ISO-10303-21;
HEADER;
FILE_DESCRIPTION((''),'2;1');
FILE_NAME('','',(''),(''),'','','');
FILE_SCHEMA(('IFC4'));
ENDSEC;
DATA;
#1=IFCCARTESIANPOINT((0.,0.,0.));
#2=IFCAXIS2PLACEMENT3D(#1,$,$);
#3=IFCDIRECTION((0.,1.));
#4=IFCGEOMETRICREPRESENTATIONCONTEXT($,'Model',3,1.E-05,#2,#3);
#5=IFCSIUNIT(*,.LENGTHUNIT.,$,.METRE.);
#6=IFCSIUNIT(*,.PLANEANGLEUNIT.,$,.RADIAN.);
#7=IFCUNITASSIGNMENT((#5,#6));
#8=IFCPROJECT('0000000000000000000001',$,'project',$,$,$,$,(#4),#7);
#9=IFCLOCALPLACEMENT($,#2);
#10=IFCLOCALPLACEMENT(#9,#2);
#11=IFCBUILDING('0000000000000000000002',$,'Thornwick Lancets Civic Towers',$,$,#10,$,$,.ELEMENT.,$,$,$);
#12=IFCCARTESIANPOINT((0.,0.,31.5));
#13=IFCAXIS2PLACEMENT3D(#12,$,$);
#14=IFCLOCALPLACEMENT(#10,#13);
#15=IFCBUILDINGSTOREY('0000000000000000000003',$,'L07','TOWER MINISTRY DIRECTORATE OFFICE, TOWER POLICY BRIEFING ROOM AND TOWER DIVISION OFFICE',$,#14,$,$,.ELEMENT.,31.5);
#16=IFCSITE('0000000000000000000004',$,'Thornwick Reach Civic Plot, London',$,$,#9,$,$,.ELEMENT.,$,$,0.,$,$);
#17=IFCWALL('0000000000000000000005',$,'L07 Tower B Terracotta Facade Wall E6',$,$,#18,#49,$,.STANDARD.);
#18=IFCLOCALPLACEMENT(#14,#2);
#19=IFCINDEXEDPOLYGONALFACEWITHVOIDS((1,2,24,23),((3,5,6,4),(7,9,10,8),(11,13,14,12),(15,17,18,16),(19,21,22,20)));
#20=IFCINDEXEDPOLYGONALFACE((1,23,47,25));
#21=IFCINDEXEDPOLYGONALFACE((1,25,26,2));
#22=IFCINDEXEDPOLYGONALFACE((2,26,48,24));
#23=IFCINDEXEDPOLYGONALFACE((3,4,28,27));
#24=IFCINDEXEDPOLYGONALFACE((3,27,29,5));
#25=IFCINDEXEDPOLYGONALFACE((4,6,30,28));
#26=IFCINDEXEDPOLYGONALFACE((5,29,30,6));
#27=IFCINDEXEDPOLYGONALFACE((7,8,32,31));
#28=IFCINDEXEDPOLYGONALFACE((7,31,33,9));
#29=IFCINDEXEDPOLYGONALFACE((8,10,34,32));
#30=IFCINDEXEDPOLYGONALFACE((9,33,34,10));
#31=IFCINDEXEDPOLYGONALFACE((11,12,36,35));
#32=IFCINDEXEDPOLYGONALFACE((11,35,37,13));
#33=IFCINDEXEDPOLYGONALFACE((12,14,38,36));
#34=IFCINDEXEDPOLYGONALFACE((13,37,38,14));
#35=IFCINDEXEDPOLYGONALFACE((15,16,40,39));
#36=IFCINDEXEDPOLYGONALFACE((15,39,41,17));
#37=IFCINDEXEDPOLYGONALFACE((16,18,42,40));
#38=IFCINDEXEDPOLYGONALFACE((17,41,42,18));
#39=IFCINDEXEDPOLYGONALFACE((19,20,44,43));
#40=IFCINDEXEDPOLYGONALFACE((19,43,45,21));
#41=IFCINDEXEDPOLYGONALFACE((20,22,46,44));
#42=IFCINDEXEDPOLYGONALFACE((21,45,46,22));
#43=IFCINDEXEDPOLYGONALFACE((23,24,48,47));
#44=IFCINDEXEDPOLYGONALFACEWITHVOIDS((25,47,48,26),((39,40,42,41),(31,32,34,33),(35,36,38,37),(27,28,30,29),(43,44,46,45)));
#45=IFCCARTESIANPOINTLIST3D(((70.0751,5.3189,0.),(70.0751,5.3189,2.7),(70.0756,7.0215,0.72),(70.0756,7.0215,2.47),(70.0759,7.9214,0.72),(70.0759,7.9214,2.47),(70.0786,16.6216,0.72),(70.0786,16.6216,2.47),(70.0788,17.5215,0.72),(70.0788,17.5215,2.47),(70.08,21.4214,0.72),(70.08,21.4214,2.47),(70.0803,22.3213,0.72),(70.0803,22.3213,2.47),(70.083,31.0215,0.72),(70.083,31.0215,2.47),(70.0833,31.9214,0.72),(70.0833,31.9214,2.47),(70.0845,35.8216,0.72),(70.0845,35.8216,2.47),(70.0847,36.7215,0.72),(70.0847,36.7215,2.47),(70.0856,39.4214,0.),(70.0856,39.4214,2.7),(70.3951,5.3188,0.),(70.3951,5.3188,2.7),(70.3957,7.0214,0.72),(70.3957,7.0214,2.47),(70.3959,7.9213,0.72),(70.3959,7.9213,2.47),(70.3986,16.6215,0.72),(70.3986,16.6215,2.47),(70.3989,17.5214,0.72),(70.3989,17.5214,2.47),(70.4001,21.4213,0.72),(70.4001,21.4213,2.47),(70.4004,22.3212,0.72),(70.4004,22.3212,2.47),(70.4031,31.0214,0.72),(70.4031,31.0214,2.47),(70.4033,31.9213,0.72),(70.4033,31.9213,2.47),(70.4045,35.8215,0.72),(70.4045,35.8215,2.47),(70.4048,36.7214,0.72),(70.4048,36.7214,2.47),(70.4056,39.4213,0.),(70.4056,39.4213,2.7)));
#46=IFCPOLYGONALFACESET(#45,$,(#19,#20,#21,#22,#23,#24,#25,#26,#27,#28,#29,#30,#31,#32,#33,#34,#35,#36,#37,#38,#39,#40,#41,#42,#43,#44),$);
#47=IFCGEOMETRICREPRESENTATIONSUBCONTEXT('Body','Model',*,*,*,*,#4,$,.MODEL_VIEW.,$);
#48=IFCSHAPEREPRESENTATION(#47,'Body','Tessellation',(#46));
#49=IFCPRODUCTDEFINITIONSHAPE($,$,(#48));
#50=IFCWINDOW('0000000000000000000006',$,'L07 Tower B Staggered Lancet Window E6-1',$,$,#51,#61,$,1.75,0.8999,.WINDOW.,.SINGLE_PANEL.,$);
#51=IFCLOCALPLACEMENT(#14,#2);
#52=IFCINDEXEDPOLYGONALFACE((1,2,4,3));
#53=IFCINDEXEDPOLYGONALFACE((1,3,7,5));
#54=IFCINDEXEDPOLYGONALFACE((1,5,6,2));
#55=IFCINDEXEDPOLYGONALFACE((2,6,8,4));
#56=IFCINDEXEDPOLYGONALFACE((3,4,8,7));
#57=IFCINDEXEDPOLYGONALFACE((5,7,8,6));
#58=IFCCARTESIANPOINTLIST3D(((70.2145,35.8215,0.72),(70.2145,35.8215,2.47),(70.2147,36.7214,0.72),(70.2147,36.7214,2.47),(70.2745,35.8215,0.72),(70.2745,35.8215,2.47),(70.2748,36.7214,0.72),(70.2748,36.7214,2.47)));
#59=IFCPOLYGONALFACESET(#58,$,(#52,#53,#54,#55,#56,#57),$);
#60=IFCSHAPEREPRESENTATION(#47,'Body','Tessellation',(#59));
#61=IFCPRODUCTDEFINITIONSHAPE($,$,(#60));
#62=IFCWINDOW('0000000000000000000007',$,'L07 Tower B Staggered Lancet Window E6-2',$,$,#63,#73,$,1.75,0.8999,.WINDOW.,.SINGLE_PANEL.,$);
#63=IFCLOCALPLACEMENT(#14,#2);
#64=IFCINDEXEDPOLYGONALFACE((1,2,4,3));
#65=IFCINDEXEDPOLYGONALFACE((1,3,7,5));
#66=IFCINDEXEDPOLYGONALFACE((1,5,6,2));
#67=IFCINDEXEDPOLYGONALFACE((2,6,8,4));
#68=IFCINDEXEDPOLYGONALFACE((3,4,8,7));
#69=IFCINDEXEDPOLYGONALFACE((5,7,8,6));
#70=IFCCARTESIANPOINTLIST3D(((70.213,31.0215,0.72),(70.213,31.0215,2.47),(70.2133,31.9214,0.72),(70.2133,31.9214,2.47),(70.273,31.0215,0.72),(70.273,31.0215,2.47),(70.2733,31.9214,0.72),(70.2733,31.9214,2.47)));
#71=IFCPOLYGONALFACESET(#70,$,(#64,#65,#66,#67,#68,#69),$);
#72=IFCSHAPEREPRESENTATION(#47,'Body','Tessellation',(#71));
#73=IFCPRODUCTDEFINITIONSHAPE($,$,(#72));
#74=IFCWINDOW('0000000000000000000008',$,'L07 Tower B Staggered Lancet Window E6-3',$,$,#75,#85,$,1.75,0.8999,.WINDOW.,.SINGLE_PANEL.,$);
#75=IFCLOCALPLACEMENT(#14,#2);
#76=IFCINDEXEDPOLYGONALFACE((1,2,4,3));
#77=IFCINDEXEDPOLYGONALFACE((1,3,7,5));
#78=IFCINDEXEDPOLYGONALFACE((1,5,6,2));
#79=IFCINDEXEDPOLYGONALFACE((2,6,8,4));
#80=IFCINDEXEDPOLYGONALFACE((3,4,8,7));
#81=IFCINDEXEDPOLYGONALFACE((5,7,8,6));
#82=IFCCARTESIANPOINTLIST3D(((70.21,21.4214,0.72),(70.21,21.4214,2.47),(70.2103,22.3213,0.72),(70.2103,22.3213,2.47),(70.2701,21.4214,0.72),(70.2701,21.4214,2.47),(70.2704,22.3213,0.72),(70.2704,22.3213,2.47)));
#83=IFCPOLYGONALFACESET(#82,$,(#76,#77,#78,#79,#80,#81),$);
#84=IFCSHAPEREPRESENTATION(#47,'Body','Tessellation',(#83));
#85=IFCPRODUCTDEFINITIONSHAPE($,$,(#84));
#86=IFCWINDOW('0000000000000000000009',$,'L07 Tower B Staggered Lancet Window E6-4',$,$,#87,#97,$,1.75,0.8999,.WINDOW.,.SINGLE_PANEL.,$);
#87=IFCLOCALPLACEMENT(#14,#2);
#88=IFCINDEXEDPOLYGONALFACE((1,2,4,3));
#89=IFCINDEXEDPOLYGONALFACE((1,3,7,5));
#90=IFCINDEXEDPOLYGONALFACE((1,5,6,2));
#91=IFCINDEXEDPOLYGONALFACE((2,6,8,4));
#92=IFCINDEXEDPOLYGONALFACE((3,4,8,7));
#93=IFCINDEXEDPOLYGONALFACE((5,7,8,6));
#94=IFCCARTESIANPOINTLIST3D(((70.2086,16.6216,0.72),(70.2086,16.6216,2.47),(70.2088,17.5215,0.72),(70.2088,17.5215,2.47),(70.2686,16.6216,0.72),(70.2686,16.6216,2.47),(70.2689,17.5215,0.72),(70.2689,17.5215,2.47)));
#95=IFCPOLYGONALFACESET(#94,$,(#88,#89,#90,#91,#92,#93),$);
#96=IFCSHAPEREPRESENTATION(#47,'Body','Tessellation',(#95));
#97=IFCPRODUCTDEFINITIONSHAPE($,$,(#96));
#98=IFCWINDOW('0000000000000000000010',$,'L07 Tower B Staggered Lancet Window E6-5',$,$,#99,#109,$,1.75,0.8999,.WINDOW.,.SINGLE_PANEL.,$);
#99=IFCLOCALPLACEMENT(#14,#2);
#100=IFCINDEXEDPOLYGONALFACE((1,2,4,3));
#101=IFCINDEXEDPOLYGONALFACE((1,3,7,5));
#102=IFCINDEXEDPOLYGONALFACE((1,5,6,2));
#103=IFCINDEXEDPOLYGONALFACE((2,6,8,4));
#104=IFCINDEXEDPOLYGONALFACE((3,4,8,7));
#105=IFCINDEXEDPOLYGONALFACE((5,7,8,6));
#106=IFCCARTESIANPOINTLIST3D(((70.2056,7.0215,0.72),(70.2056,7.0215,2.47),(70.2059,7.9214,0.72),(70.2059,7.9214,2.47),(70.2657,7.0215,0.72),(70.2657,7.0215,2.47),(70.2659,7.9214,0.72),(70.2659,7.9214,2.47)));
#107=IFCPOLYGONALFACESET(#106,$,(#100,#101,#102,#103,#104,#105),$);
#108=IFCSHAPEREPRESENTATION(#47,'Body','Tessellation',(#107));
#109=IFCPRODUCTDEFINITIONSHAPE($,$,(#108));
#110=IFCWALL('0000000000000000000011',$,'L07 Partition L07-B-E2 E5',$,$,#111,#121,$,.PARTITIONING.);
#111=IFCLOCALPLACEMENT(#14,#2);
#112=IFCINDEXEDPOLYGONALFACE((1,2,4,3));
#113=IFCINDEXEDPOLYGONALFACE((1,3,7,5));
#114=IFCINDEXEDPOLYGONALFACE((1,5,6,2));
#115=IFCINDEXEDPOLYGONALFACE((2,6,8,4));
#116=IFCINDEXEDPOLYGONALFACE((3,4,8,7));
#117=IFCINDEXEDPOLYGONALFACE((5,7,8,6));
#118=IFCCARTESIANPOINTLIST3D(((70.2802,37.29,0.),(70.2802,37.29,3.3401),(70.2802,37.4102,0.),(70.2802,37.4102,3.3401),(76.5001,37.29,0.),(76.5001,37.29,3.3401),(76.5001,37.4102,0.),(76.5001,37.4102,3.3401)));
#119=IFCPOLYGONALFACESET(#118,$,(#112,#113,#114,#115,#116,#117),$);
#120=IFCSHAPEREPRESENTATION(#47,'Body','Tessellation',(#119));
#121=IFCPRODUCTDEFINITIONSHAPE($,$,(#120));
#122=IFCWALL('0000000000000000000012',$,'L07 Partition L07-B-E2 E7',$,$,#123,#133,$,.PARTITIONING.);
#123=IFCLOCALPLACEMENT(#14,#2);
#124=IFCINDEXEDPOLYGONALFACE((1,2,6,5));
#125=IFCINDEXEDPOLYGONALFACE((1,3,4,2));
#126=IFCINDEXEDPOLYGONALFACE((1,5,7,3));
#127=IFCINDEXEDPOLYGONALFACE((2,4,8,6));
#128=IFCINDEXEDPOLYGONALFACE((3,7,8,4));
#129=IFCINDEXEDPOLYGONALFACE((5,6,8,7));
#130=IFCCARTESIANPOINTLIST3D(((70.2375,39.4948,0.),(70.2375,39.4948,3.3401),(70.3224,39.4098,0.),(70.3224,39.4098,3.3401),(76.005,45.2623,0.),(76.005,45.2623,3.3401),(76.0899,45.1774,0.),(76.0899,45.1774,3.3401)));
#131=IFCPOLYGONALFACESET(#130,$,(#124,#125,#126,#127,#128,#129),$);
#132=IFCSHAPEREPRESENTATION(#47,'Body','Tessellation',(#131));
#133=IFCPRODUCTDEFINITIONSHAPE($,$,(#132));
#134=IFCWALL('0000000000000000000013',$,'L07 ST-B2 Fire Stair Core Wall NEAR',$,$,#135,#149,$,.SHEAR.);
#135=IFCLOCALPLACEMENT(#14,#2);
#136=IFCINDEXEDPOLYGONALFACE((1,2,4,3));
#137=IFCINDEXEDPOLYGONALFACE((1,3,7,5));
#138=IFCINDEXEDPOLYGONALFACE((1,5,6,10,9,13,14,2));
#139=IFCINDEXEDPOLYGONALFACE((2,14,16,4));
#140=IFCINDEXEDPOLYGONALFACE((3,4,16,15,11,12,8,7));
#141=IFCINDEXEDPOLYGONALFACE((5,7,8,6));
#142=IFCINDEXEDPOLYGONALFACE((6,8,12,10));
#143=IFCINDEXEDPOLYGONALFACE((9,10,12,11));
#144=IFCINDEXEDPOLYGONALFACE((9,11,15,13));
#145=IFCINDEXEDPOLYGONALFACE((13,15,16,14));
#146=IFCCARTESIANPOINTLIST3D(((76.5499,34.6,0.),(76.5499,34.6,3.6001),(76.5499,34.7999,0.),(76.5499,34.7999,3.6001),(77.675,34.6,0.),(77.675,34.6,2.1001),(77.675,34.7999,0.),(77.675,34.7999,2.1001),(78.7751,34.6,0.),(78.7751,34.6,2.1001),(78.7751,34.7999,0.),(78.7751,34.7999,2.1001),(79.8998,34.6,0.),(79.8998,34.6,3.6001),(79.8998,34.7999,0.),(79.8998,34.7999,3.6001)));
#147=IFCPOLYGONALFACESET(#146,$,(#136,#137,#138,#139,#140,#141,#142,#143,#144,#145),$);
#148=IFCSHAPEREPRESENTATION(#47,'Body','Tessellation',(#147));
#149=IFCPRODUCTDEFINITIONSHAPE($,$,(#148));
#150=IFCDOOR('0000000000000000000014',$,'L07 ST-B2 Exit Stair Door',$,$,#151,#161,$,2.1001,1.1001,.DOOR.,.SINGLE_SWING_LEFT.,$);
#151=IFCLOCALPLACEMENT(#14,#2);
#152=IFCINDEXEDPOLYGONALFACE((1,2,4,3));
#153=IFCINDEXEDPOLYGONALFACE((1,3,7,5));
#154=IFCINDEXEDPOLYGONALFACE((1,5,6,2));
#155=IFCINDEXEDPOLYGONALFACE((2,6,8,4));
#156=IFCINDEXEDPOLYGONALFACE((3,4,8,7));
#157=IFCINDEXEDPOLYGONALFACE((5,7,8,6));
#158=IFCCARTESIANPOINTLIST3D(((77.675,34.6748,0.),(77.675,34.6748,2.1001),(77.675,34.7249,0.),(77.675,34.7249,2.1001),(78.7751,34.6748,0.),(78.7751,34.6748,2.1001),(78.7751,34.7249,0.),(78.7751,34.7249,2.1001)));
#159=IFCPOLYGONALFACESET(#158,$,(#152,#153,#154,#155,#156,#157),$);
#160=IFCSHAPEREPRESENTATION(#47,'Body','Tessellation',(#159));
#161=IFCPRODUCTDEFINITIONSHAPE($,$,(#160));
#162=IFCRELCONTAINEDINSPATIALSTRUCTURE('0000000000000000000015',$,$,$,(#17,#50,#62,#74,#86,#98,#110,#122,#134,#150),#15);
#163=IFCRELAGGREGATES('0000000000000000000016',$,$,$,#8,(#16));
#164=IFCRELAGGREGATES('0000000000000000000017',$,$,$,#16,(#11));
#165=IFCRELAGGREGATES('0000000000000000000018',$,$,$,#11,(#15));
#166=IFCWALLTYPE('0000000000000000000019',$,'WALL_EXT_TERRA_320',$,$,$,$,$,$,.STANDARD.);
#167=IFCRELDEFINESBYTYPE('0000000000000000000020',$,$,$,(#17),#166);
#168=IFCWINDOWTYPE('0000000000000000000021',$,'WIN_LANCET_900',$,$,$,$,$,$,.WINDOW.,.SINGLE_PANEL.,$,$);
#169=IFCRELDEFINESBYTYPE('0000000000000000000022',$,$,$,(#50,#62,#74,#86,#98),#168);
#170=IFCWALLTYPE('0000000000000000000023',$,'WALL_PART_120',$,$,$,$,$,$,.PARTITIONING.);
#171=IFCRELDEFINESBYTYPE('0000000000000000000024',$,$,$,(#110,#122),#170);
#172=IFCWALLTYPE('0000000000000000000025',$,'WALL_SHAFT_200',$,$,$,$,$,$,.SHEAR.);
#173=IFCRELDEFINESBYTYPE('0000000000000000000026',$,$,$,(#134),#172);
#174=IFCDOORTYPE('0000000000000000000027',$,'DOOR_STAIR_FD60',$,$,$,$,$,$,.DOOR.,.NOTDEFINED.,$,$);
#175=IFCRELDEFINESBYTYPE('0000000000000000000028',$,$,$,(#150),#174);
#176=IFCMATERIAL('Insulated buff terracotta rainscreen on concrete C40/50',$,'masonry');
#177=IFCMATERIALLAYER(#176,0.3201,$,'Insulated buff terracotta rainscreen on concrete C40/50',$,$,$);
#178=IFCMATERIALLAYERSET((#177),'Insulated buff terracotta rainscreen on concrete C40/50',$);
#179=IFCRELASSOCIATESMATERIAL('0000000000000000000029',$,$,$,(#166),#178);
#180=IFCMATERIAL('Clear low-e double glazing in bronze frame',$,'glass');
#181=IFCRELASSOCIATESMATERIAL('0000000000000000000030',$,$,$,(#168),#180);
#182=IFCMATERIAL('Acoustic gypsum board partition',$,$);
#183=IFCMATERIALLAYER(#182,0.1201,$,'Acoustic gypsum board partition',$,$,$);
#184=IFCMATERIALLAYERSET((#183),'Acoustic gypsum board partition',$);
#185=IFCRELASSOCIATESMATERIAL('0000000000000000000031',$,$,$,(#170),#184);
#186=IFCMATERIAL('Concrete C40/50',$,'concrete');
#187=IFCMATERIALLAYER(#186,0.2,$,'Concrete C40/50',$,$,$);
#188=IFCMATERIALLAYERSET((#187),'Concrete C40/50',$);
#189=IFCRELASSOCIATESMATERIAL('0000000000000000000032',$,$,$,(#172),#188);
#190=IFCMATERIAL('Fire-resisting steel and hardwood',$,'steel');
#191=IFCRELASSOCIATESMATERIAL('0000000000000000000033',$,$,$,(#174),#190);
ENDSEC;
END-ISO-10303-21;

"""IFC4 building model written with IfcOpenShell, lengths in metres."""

from ifc_helpers import new_model, si_unit, direction, frame, frame_2d, origin, place, context, subcontext, project, spatial, rectangle, extrude, material, layer, layer_set, type_object, element, fill, save


model = new_model("IFC4")

# Units and contexts
model_context = context("Model", 3, precision=1e-05, world=origin(), true_north=direction((0.0, 1.0)))
body_context = subcontext(model_context, "Body", "Model", "MODEL_VIEW")
ifc_project = project(units=[si_unit("LENGTHUNIT", "METRE"), si_unit("PLANEANGLEUNIT", "RADIAN")], contexts=[model_context])

# Site, building, storey
site_placement = place(None, origin())
site = spatial("IfcSite", under=ifc_project, at=site_placement, Name="Thornwick Reach Civic Plot, London", CompositionType="ELEMENT", RefElevation=0.0)
building_placement = place(site_placement, origin())
building = spatial("IfcBuilding", under=site, at=building_placement, Name="Thornwick Lancets Civic Towers", CompositionType="ELEMENT")
storey_placement = place(building_placement, frame((0.0, 0.0, 31.5)))
storey = spatial("IfcBuildingStorey", under=building, at=storey_placement, Name="L07", Description="TOWER MINISTRY DIRECTORATE OFFICE, TOWER POLICY BRIEFING ROOM AND TOWER DIVISION OFFICE", CompositionType="ELEMENT", Elevation=31.5)

# Shared definitions
ifc_material_1 = material(Name="Concrete C40/50", Category="concrete")

# Wall, openings, windows
ifc_material_2 = material(Name="Insulated buff terracotta rainscreen on concrete C40/50", Category="masonry")
ifc_layer_1 = layer(ifc_material_2, 0.3201, Name="Insulated buff terracotta rainscreen on concrete C40/50")
ifc_layer_set_1 = layer_set([ifc_layer_1], Name="Insulated buff terracotta rainscreen on concrete C40/50")
wall_type_1 = type_object("IfcWallType", Name="WALL_EXT_TERRA_320", PredefinedType="STANDARD", material=ifc_layer_set_1)
wall_1_placement = place(storey_placement, frame((70.2456, 39.4214, 0.0), z_axis=(0.0, 0.0, 1.0), x_axis=(-0.000308, -1.0, 0.0)))
wall_1 = element("IfcWall", 1, at=wall_1_placement, inside=storey, type_object=wall_type_1, Name="L07 Tower B Terracotta Facade Wall E6", PredefinedType="STANDARD", context=body_context, shape_type="SweptSolid", body=[
    extrude(rectangle(XDim=34.1025, YDim=0.3201, at=frame_2d((17.0513, 0.0))), origin(), (0.0, 0.0, 1.0), 2.7),
])
opening_1_placement = place(wall_1_placement, frame((2.7, 0.0, 0.72)))
opening_1 = element("IfcOpeningElement", 2, at=opening_1_placement, cuts=wall_1, PredefinedType="OPENING", context=body_context, shape_type="SweptSolid", body=[
    extrude(rectangle(XDim=0.8999, YDim=1.75, at=frame_2d((0.45, 0.875))), frame((0.0, 0.1699, 0.0), z_axis=(0.0, -1.0, 0.0), x_axis=(1.0, 0.0, 0.0)), (0.0, 0.0, 1.0), 0.3401),
])
opening_2_placement = place(wall_1_placement, frame((7.5, 0.0, 0.72)))
opening_2 = element("IfcOpeningElement", 3, at=opening_2_placement, cuts=wall_1, PredefinedType="OPENING", context=body_context, shape_type="SweptSolid", body=[
    extrude(rectangle(XDim=0.8999, YDim=1.75, at=frame_2d((0.45, 0.875))), frame((0.0, 0.1699, 0.0), z_axis=(0.0, -1.0, 0.0), x_axis=(1.0, 0.0, 0.0)), (0.0, 0.0, 1.0), 0.3401),
])
opening_3_placement = place(wall_1_placement, frame((17.1001, 0.0, 0.72)))
opening_3 = element("IfcOpeningElement", 4, at=opening_3_placement, cuts=wall_1, PredefinedType="OPENING", context=body_context, shape_type="SweptSolid", body=[
    extrude(rectangle(XDim=0.8999, YDim=1.75, at=frame_2d((0.45, 0.875))), frame((0.0, 0.1699, 0.0), z_axis=(0.0, -1.0, 0.0), x_axis=(1.0, 0.0, 0.0)), (0.0, 0.0, 1.0), 0.3401),
])
opening_4_placement = place(wall_1_placement, frame((21.8999, 0.0, 0.72)))
opening_4 = element("IfcOpeningElement", 5, at=opening_4_placement, cuts=wall_1, PredefinedType="OPENING", context=body_context, shape_type="SweptSolid", body=[
    extrude(rectangle(XDim=0.8999, YDim=1.75, at=frame_2d((0.45, 0.875))), frame((0.0, 0.1699, 0.0), z_axis=(0.0, -1.0, 0.0), x_axis=(1.0, 0.0, 0.0)), (0.0, 0.0, 1.0), 0.3401),
])
opening_5_placement = place(wall_1_placement, frame((31.5, 0.0, 0.72)))
opening_5 = element("IfcOpeningElement", 6, at=opening_5_placement, cuts=wall_1, PredefinedType="OPENING", context=body_context, shape_type="SweptSolid", body=[
    extrude(rectangle(XDim=0.8999, YDim=1.75, at=frame_2d((0.45, 0.875))), frame((0.0, 0.1699, 0.0), z_axis=(0.0, -1.0, 0.0), x_axis=(1.0, 0.0, 0.0)), (0.0, 0.0, 1.0), 0.3401),
])
ifc_material_3 = material(Name="Clear low-e double glazing in bronze frame", Category="glass")
window_type = type_object("IfcWindowType", Name="WIN_LANCET_900", PartitioningType="SINGLE_PANEL", PredefinedType="WINDOW", material=ifc_material_3)
window_1_placement = place(opening_1_placement, origin())
window_1 = element("IfcWindow", 7, at=window_1_placement, inside=storey, type_object=window_type, Name="L07 Tower B Staggered Lancet Window E6-1", OverallHeight=1.75, OverallWidth=0.8999, PartitioningType="SINGLE_PANEL", PredefinedType="WINDOW", context=body_context, shape_type="SweptSolid", body=[
    extrude(rectangle(XDim=0.8999, YDim=1.75, at=frame_2d((0.45, 0.875))), frame((0.0, 0.03, 0.0), z_axis=(0.0, -1.0, 0.0), x_axis=(1.0, 0.0, 0.0)), (0.0, 0.0, 1.0), 0.0601),
])
fill(opening_1, window_1)
window_2_placement = place(opening_2_placement, origin())
window_2 = element("IfcWindow", 8, at=window_2_placement, inside=storey, type_object=window_type, Name="L07 Tower B Staggered Lancet Window E6-2", OverallHeight=1.75, OverallWidth=0.8999, PartitioningType="SINGLE_PANEL", PredefinedType="WINDOW", context=body_context, shape_type="SweptSolid", body=[
    extrude(rectangle(XDim=0.8999, YDim=1.75, at=frame_2d((0.45, 0.875))), frame((0.0, 0.03, 0.0), z_axis=(0.0, -1.0, 0.0), x_axis=(1.0, 0.0, 0.0)), (0.0, 0.0, 1.0), 0.0601),
])
fill(opening_2, window_2)
window_3_placement = place(opening_3_placement, origin())
window_3 = element("IfcWindow", 9, at=window_3_placement, inside=storey, type_object=window_type, Name="L07 Tower B Staggered Lancet Window E6-3", OverallHeight=1.75, OverallWidth=0.8999, PartitioningType="SINGLE_PANEL", PredefinedType="WINDOW", context=body_context, shape_type="SweptSolid", body=[
    extrude(rectangle(XDim=0.8999, YDim=1.75, at=frame_2d((0.45, 0.875))), frame((0.0, 0.03, 0.0), z_axis=(0.0, -1.0, 0.0), x_axis=(1.0, 0.0, 0.0)), (0.0, 0.0, 1.0), 0.0601),
])
fill(opening_3, window_3)
window_4_placement = place(opening_4_placement, origin())
window_4 = element("IfcWindow", 10, at=window_4_placement, inside=storey, type_object=window_type, Name="L07 Tower B Staggered Lancet Window E6-4", OverallHeight=1.75, OverallWidth=0.8999, PartitioningType="SINGLE_PANEL", PredefinedType="WINDOW", context=body_context, shape_type="SweptSolid", body=[
    extrude(rectangle(XDim=0.8999, YDim=1.75, at=frame_2d((0.45, 0.875))), frame((0.0, 0.03, 0.0), z_axis=(0.0, -1.0, 0.0), x_axis=(1.0, 0.0, 0.0)), (0.0, 0.0, 1.0), 0.0601),
])
fill(opening_4, window_4)
window_5_placement = place(opening_5_placement, origin())
window_5 = element("IfcWindow", 11, at=window_5_placement, inside=storey, type_object=window_type, Name="L07 Tower B Staggered Lancet Window E6-5", OverallHeight=1.75, OverallWidth=0.8999, PartitioningType="SINGLE_PANEL", PredefinedType="WINDOW", context=body_context, shape_type="SweptSolid", body=[
    extrude(rectangle(XDim=0.8999, YDim=1.75, at=frame_2d((0.45, 0.875))), frame((0.0, 0.03, 0.0), z_axis=(0.0, -1.0, 0.0), x_axis=(1.0, 0.0, 0.0)), (0.0, 0.0, 1.0), 0.0601),
])
fill(opening_5, window_5)

# Walls
ifc_material_4 = material(Name="Acoustic gypsum board partition")
ifc_layer_2 = layer(ifc_material_4, 0.1201, Name="Acoustic gypsum board partition")
ifc_layer_set_2 = layer_set([ifc_layer_2], Name="Acoustic gypsum board partition")
wall_type_2 = type_object("IfcWallType", Name="WALL_PART_120", PredefinedType="PARTITIONING", material=ifc_layer_set_2)
wall_2_placement = place(storey_placement, frame((76.5, 37.3501, 0.0), z_axis=(0.0, 0.0, 1.0), x_axis=(-1.0, 0.0, 0.0)))
element("IfcWall", 12, at=wall_2_placement, inside=storey, type_object=wall_type_2, Name="L07 Partition L07-B-E2 E5", PredefinedType="PARTITIONING", context=body_context, shape_type="SweptSolid", body=[
    extrude(rectangle(XDim=6.22, YDim=0.1201, at=frame_2d((3.1099, 0.0))), origin(), (0.0, 0.0, 1.0), 3.3401),
])
wall_3_placement = place(storey_placement, frame((70.28, 39.4524, 0.0), z_axis=(0.0, 0.0, 1.0), x_axis=(0.707107, 0.707107, 0.0)))
element("IfcWall", 13, at=wall_3_placement, inside=storey, type_object=wall_type_2, Name="L07 Partition L07-B-E2 E7", PredefinedType="PARTITIONING", context=body_context, shape_type="SweptSolid", body=[
    extrude(rectangle(XDim=8.1565, YDim=0.1201, at=frame_2d((4.0781, 0.0))), origin(), (0.0, 0.0, 1.0), 3.3401),
])

# Wall, opening, door
ifc_layer_3 = layer(ifc_material_1, 0.2, Name="Concrete C40/50")
ifc_layer_set_3 = layer_set([ifc_layer_3], Name="Concrete C40/50")
wall_type_3 = type_object("IfcWallType", Name="WALL_SHAFT_200", PredefinedType="SHEAR", material=ifc_layer_set_3)
wall_4_placement = place(storey_placement, frame((76.55, 34.7, 0.0), z_axis=(0.0, 0.0, 1.0), x_axis=(1.0, 0.0, 0.0)))
wall_4 = element("IfcWall", 14, at=wall_4_placement, inside=storey, type_object=wall_type_3, Name="L07 ST-B2 Fire Stair Core Wall NEAR", PredefinedType="SHEAR", context=body_context, shape_type="SweptSolid", body=[
    extrude(rectangle(XDim=3.3499, YDim=0.2, at=frame_2d((1.6748, 0.0))), origin(), (0.0, 0.0, 1.0), 3.6001),
])
opening_6_placement = place(wall_4_placement, frame((1.125, 0.0, 0.0)))
opening_6 = element("IfcOpeningElement", 15, at=opening_6_placement, cuts=wall_4, PredefinedType="OPENING", context=body_context, shape_type="SweptSolid", body=[
    extrude(rectangle(XDim=1.1001, YDim=2.1001, at=frame_2d((0.55, 1.05))), frame((0.0, 0.1099, 0.0), z_axis=(0.0, -1.0, 0.0), x_axis=(1.0, 0.0, 0.0)), (0.0, 0.0, 1.0), 0.22),
])
ifc_material_5 = material(Name="Fire-resisting steel and hardwood", Category="steel")
door_type = type_object("IfcDoorType", Name="DOOR_STAIR_FD60", OperationType="NOTDEFINED", PredefinedType="DOOR", material=ifc_material_5)
door_placement = place(opening_6_placement, origin())
door = element("IfcDoor", 16, at=door_placement, inside=storey, type_object=door_type, Name="L07 ST-B2 Exit Stair Door", OperationType="SINGLE_SWING_LEFT", OverallHeight=2.1001, OverallWidth=1.1001, PredefinedType="DOOR", context=body_context, shape_type="SweptSolid", body=[
    extrude(rectangle(XDim=1.1001, YDim=2.1001, at=frame_2d((0.55, 1.05))), frame((0.0, 0.0249, 0.0), z_axis=(0.0, -1.0, 0.0), x_axis=(1.0, 0.0, 0.0)), (0.0, 0.0, 1.0), 0.05),
])
fill(opening_6, door)

save(model, "model.ifc")
